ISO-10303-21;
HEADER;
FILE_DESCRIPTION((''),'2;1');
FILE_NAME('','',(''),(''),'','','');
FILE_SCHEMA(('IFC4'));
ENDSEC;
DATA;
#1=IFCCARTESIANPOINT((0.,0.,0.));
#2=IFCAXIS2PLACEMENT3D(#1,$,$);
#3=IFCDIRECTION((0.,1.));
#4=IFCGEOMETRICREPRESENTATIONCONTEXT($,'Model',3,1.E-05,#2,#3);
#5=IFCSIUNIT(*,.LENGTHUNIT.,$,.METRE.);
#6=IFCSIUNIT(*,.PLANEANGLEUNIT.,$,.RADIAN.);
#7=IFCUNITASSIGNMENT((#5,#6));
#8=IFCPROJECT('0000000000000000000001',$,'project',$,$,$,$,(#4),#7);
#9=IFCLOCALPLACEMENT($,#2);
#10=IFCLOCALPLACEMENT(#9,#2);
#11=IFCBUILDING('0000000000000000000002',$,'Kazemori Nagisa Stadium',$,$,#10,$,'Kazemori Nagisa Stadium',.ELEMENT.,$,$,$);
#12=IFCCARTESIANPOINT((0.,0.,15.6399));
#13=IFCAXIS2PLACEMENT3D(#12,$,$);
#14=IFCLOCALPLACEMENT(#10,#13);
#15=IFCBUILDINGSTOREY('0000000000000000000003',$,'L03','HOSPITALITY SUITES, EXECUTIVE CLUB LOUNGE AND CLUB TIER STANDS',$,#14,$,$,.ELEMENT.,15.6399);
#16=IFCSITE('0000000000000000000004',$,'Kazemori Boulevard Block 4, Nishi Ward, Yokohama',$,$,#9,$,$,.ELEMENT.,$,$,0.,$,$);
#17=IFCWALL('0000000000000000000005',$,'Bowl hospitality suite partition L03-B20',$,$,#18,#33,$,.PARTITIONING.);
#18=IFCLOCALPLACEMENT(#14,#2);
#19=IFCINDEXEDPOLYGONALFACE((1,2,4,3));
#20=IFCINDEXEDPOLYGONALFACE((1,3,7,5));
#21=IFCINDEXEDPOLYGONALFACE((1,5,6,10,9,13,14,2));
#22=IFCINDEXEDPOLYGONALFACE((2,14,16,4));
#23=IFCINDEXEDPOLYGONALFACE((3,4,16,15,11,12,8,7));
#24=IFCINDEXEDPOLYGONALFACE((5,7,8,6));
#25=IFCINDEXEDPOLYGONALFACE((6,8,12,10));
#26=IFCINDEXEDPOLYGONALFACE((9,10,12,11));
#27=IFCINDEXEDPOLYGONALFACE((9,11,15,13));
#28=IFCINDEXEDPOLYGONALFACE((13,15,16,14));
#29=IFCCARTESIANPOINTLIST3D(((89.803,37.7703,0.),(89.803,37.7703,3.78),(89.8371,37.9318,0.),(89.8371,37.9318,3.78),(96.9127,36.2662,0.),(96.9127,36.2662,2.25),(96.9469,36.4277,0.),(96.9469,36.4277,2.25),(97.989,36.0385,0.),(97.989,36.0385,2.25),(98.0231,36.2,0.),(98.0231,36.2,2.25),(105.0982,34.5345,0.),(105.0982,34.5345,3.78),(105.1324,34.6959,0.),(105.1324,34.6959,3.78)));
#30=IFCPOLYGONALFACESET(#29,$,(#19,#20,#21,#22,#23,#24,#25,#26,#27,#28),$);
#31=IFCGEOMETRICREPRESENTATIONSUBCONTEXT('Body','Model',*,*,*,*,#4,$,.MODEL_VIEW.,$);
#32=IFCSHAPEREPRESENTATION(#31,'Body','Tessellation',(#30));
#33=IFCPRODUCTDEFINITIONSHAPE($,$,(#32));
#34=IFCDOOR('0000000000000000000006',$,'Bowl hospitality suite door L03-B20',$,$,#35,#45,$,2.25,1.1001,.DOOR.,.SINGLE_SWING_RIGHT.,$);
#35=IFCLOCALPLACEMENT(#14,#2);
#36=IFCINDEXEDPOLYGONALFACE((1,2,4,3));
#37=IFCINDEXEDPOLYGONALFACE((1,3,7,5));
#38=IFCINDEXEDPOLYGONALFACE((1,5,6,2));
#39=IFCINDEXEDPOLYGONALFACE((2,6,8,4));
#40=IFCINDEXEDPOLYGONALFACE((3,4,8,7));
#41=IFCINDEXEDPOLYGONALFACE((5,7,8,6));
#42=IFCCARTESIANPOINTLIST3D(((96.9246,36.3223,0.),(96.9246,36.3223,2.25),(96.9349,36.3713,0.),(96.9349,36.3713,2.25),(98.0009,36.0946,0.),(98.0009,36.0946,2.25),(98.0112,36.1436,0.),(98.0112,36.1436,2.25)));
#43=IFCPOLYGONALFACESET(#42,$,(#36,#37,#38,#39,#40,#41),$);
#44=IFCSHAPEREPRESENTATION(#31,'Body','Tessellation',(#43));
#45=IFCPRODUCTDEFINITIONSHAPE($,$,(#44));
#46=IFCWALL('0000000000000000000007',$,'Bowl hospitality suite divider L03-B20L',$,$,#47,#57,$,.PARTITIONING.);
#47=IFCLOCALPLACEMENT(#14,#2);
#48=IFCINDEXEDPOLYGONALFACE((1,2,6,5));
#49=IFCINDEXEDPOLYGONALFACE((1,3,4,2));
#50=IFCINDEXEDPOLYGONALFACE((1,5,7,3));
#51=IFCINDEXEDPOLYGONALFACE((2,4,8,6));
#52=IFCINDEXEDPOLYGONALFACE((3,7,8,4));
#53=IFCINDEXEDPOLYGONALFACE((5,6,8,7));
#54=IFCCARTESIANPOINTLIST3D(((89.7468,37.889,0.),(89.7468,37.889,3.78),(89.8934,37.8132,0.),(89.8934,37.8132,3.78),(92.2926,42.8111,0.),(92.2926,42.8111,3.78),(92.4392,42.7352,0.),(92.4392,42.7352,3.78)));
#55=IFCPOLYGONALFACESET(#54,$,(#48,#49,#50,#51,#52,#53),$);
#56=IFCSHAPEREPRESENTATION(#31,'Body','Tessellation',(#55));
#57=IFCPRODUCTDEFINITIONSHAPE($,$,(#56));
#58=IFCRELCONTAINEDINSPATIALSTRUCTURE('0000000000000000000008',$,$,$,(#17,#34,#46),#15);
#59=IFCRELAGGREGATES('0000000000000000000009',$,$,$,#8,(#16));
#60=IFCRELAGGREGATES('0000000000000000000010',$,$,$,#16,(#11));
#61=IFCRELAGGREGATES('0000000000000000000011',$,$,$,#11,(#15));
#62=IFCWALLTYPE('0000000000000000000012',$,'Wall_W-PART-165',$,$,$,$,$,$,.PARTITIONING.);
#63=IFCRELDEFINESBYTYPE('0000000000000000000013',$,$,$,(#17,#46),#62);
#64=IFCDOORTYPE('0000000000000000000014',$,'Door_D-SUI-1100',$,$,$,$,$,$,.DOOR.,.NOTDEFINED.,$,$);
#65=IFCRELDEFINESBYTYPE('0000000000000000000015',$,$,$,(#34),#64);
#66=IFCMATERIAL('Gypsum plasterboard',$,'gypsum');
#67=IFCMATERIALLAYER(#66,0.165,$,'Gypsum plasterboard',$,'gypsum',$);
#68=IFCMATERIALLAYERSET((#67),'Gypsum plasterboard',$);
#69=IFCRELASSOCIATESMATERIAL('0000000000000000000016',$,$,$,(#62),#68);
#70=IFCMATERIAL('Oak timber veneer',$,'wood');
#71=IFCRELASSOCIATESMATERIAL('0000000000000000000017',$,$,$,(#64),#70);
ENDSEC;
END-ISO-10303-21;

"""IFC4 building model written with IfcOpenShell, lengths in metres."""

from ifc_helpers import new_model, si_unit, direction, frame, frame_2d, origin, place, context, subcontext, project, spatial, rectangle, extrude, material, layer, layer_set, type_object, element, fill, save


model = new_model("IFC4")

# Units and contexts
model_context = context("Model", 3, precision=1e-05, world=origin(), true_north=direction((0.0, 1.0)))
body_context = subcontext(model_context, "Body", "Model", "MODEL_VIEW")
ifc_project = project(units=[si_unit("LENGTHUNIT", "METRE"), si_unit("PLANEANGLEUNIT", "RADIAN")], contexts=[model_context])

# Site, building, storey
site_placement = place(None, origin())
site = spatial("IfcSite", under=ifc_project, at=site_placement, Name="Kazemori Boulevard Block 4, Nishi Ward, Yokohama", CompositionType="ELEMENT", RefElevation=0.0)
building_placement = place(site_placement, origin())
building = spatial("IfcBuilding", under=site, at=building_placement, Name="Kazemori Nagisa Stadium", LongName="Kazemori Nagisa Stadium", CompositionType="ELEMENT")
storey_placement = place(building_placement, frame((0.0, 0.0, 15.6399)))
storey = spatial("IfcBuildingStorey", under=building, at=storey_placement, Name="L03", Description="HOSPITALITY SUITES, EXECUTIVE CLUB LOUNGE AND CLUB TIER STANDS", CompositionType="ELEMENT", Elevation=15.6399)

# Shared definitions
ifc_material_1 = material(Name="Gypsum plasterboard", Category="gypsum")
ifc_layer_1 = layer(ifc_material_1, 0.165, Name="Gypsum plasterboard", Category="gypsum")
ifc_layer_set_1 = layer_set([ifc_layer_1], Name="Gypsum plasterboard")
wall_type_1 = type_object("IfcWallType", Name="Wall_W-PART-165", PredefinedType="PARTITIONING", material=ifc_layer_set_1)

# Wall, opening, door
wall_1_placement = place(storey_placement, frame((89.8201, 37.8511, 0.0), z_axis=(0.0, 0.0, 1.0), x_axis=(0.978346, -0.206978, 0.0)))
wall_1 = element("IfcWall", 1, at=wall_1_placement, inside=storey, type_object=wall_type_1, Name="Bowl hospitality suite partition L03-B20", PredefinedType="PARTITIONING", context=body_context, shape_type="SweptSolid", body=[
    extrude(rectangle(XDim=15.6338, YDim=0.165, at=frame_2d((7.8169, 0.0))), origin(), (0.0, 0.0, 1.0), 3.78),
])
opening_1_placement = place(wall_1_placement, frame((7.2671, 0.0, 0.0)))
opening_1 = element("IfcOpeningElement", 2, at=opening_1_placement, cuts=wall_1, PredefinedType="OPENING", context=body_context, shape_type="SweptSolid", body=[
    extrude(rectangle(XDim=1.1001, YDim=2.25, at=frame_2d((0.55, 1.125))), frame((0.0, 0.0925, 0.0), z_axis=(0.0, -1.0, 0.0), x_axis=(1.0, 0.0, 0.0)), (0.0, 0.0, 1.0), 0.1851),
])
ifc_material_2 = material(Name="Oak timber veneer", Category="wood")
door_type_1 = type_object("IfcDoorType", Name="Door_D-SUI-1100", OperationType="NOTDEFINED", PredefinedType="DOOR", material=ifc_material_2)
door_1_placement = place(opening_1_placement, origin())
door_1 = element("IfcDoor", 3, at=door_1_placement, inside=storey, type_object=door_type_1, Name="Bowl hospitality suite door L03-B20", OperationType="SINGLE_SWING_RIGHT", OverallHeight=2.25, OverallWidth=1.1001, PredefinedType="DOOR", context=body_context, shape_type="SweptSolid", body=[
    extrude(rectangle(XDim=1.1001, YDim=2.25, at=frame_2d((0.55, 1.125))), frame((0.0, 0.0249, 0.0), z_axis=(0.0, -1.0, 0.0), x_axis=(1.0, 0.0, 0.0)), (0.0, 0.0, 1.0), 0.05),
])
fill(opening_1, door_1)

# Wall
wall_2_placement = place(storey_placement, frame((89.8201, 37.8511, 0.0), z_axis=(0.0, 0.0, 1.0), x_axis=(0.459419, 0.88822, 0.0)))
element("IfcWall", 4, at=wall_2_placement, inside=storey, type_object=wall_type_1, Name="Bowl hospitality suite divider L03-B20L", PredefinedType="PARTITIONING", context=body_context, shape_type="SweptSolid", body=[
    extrude(rectangle(XDim=5.5415, YDim=0.165, at=frame_2d((2.7708, 0.0))), origin(), (0.0, 0.0, 1.0), 3.78),
])

save(model, "model.ifc")
